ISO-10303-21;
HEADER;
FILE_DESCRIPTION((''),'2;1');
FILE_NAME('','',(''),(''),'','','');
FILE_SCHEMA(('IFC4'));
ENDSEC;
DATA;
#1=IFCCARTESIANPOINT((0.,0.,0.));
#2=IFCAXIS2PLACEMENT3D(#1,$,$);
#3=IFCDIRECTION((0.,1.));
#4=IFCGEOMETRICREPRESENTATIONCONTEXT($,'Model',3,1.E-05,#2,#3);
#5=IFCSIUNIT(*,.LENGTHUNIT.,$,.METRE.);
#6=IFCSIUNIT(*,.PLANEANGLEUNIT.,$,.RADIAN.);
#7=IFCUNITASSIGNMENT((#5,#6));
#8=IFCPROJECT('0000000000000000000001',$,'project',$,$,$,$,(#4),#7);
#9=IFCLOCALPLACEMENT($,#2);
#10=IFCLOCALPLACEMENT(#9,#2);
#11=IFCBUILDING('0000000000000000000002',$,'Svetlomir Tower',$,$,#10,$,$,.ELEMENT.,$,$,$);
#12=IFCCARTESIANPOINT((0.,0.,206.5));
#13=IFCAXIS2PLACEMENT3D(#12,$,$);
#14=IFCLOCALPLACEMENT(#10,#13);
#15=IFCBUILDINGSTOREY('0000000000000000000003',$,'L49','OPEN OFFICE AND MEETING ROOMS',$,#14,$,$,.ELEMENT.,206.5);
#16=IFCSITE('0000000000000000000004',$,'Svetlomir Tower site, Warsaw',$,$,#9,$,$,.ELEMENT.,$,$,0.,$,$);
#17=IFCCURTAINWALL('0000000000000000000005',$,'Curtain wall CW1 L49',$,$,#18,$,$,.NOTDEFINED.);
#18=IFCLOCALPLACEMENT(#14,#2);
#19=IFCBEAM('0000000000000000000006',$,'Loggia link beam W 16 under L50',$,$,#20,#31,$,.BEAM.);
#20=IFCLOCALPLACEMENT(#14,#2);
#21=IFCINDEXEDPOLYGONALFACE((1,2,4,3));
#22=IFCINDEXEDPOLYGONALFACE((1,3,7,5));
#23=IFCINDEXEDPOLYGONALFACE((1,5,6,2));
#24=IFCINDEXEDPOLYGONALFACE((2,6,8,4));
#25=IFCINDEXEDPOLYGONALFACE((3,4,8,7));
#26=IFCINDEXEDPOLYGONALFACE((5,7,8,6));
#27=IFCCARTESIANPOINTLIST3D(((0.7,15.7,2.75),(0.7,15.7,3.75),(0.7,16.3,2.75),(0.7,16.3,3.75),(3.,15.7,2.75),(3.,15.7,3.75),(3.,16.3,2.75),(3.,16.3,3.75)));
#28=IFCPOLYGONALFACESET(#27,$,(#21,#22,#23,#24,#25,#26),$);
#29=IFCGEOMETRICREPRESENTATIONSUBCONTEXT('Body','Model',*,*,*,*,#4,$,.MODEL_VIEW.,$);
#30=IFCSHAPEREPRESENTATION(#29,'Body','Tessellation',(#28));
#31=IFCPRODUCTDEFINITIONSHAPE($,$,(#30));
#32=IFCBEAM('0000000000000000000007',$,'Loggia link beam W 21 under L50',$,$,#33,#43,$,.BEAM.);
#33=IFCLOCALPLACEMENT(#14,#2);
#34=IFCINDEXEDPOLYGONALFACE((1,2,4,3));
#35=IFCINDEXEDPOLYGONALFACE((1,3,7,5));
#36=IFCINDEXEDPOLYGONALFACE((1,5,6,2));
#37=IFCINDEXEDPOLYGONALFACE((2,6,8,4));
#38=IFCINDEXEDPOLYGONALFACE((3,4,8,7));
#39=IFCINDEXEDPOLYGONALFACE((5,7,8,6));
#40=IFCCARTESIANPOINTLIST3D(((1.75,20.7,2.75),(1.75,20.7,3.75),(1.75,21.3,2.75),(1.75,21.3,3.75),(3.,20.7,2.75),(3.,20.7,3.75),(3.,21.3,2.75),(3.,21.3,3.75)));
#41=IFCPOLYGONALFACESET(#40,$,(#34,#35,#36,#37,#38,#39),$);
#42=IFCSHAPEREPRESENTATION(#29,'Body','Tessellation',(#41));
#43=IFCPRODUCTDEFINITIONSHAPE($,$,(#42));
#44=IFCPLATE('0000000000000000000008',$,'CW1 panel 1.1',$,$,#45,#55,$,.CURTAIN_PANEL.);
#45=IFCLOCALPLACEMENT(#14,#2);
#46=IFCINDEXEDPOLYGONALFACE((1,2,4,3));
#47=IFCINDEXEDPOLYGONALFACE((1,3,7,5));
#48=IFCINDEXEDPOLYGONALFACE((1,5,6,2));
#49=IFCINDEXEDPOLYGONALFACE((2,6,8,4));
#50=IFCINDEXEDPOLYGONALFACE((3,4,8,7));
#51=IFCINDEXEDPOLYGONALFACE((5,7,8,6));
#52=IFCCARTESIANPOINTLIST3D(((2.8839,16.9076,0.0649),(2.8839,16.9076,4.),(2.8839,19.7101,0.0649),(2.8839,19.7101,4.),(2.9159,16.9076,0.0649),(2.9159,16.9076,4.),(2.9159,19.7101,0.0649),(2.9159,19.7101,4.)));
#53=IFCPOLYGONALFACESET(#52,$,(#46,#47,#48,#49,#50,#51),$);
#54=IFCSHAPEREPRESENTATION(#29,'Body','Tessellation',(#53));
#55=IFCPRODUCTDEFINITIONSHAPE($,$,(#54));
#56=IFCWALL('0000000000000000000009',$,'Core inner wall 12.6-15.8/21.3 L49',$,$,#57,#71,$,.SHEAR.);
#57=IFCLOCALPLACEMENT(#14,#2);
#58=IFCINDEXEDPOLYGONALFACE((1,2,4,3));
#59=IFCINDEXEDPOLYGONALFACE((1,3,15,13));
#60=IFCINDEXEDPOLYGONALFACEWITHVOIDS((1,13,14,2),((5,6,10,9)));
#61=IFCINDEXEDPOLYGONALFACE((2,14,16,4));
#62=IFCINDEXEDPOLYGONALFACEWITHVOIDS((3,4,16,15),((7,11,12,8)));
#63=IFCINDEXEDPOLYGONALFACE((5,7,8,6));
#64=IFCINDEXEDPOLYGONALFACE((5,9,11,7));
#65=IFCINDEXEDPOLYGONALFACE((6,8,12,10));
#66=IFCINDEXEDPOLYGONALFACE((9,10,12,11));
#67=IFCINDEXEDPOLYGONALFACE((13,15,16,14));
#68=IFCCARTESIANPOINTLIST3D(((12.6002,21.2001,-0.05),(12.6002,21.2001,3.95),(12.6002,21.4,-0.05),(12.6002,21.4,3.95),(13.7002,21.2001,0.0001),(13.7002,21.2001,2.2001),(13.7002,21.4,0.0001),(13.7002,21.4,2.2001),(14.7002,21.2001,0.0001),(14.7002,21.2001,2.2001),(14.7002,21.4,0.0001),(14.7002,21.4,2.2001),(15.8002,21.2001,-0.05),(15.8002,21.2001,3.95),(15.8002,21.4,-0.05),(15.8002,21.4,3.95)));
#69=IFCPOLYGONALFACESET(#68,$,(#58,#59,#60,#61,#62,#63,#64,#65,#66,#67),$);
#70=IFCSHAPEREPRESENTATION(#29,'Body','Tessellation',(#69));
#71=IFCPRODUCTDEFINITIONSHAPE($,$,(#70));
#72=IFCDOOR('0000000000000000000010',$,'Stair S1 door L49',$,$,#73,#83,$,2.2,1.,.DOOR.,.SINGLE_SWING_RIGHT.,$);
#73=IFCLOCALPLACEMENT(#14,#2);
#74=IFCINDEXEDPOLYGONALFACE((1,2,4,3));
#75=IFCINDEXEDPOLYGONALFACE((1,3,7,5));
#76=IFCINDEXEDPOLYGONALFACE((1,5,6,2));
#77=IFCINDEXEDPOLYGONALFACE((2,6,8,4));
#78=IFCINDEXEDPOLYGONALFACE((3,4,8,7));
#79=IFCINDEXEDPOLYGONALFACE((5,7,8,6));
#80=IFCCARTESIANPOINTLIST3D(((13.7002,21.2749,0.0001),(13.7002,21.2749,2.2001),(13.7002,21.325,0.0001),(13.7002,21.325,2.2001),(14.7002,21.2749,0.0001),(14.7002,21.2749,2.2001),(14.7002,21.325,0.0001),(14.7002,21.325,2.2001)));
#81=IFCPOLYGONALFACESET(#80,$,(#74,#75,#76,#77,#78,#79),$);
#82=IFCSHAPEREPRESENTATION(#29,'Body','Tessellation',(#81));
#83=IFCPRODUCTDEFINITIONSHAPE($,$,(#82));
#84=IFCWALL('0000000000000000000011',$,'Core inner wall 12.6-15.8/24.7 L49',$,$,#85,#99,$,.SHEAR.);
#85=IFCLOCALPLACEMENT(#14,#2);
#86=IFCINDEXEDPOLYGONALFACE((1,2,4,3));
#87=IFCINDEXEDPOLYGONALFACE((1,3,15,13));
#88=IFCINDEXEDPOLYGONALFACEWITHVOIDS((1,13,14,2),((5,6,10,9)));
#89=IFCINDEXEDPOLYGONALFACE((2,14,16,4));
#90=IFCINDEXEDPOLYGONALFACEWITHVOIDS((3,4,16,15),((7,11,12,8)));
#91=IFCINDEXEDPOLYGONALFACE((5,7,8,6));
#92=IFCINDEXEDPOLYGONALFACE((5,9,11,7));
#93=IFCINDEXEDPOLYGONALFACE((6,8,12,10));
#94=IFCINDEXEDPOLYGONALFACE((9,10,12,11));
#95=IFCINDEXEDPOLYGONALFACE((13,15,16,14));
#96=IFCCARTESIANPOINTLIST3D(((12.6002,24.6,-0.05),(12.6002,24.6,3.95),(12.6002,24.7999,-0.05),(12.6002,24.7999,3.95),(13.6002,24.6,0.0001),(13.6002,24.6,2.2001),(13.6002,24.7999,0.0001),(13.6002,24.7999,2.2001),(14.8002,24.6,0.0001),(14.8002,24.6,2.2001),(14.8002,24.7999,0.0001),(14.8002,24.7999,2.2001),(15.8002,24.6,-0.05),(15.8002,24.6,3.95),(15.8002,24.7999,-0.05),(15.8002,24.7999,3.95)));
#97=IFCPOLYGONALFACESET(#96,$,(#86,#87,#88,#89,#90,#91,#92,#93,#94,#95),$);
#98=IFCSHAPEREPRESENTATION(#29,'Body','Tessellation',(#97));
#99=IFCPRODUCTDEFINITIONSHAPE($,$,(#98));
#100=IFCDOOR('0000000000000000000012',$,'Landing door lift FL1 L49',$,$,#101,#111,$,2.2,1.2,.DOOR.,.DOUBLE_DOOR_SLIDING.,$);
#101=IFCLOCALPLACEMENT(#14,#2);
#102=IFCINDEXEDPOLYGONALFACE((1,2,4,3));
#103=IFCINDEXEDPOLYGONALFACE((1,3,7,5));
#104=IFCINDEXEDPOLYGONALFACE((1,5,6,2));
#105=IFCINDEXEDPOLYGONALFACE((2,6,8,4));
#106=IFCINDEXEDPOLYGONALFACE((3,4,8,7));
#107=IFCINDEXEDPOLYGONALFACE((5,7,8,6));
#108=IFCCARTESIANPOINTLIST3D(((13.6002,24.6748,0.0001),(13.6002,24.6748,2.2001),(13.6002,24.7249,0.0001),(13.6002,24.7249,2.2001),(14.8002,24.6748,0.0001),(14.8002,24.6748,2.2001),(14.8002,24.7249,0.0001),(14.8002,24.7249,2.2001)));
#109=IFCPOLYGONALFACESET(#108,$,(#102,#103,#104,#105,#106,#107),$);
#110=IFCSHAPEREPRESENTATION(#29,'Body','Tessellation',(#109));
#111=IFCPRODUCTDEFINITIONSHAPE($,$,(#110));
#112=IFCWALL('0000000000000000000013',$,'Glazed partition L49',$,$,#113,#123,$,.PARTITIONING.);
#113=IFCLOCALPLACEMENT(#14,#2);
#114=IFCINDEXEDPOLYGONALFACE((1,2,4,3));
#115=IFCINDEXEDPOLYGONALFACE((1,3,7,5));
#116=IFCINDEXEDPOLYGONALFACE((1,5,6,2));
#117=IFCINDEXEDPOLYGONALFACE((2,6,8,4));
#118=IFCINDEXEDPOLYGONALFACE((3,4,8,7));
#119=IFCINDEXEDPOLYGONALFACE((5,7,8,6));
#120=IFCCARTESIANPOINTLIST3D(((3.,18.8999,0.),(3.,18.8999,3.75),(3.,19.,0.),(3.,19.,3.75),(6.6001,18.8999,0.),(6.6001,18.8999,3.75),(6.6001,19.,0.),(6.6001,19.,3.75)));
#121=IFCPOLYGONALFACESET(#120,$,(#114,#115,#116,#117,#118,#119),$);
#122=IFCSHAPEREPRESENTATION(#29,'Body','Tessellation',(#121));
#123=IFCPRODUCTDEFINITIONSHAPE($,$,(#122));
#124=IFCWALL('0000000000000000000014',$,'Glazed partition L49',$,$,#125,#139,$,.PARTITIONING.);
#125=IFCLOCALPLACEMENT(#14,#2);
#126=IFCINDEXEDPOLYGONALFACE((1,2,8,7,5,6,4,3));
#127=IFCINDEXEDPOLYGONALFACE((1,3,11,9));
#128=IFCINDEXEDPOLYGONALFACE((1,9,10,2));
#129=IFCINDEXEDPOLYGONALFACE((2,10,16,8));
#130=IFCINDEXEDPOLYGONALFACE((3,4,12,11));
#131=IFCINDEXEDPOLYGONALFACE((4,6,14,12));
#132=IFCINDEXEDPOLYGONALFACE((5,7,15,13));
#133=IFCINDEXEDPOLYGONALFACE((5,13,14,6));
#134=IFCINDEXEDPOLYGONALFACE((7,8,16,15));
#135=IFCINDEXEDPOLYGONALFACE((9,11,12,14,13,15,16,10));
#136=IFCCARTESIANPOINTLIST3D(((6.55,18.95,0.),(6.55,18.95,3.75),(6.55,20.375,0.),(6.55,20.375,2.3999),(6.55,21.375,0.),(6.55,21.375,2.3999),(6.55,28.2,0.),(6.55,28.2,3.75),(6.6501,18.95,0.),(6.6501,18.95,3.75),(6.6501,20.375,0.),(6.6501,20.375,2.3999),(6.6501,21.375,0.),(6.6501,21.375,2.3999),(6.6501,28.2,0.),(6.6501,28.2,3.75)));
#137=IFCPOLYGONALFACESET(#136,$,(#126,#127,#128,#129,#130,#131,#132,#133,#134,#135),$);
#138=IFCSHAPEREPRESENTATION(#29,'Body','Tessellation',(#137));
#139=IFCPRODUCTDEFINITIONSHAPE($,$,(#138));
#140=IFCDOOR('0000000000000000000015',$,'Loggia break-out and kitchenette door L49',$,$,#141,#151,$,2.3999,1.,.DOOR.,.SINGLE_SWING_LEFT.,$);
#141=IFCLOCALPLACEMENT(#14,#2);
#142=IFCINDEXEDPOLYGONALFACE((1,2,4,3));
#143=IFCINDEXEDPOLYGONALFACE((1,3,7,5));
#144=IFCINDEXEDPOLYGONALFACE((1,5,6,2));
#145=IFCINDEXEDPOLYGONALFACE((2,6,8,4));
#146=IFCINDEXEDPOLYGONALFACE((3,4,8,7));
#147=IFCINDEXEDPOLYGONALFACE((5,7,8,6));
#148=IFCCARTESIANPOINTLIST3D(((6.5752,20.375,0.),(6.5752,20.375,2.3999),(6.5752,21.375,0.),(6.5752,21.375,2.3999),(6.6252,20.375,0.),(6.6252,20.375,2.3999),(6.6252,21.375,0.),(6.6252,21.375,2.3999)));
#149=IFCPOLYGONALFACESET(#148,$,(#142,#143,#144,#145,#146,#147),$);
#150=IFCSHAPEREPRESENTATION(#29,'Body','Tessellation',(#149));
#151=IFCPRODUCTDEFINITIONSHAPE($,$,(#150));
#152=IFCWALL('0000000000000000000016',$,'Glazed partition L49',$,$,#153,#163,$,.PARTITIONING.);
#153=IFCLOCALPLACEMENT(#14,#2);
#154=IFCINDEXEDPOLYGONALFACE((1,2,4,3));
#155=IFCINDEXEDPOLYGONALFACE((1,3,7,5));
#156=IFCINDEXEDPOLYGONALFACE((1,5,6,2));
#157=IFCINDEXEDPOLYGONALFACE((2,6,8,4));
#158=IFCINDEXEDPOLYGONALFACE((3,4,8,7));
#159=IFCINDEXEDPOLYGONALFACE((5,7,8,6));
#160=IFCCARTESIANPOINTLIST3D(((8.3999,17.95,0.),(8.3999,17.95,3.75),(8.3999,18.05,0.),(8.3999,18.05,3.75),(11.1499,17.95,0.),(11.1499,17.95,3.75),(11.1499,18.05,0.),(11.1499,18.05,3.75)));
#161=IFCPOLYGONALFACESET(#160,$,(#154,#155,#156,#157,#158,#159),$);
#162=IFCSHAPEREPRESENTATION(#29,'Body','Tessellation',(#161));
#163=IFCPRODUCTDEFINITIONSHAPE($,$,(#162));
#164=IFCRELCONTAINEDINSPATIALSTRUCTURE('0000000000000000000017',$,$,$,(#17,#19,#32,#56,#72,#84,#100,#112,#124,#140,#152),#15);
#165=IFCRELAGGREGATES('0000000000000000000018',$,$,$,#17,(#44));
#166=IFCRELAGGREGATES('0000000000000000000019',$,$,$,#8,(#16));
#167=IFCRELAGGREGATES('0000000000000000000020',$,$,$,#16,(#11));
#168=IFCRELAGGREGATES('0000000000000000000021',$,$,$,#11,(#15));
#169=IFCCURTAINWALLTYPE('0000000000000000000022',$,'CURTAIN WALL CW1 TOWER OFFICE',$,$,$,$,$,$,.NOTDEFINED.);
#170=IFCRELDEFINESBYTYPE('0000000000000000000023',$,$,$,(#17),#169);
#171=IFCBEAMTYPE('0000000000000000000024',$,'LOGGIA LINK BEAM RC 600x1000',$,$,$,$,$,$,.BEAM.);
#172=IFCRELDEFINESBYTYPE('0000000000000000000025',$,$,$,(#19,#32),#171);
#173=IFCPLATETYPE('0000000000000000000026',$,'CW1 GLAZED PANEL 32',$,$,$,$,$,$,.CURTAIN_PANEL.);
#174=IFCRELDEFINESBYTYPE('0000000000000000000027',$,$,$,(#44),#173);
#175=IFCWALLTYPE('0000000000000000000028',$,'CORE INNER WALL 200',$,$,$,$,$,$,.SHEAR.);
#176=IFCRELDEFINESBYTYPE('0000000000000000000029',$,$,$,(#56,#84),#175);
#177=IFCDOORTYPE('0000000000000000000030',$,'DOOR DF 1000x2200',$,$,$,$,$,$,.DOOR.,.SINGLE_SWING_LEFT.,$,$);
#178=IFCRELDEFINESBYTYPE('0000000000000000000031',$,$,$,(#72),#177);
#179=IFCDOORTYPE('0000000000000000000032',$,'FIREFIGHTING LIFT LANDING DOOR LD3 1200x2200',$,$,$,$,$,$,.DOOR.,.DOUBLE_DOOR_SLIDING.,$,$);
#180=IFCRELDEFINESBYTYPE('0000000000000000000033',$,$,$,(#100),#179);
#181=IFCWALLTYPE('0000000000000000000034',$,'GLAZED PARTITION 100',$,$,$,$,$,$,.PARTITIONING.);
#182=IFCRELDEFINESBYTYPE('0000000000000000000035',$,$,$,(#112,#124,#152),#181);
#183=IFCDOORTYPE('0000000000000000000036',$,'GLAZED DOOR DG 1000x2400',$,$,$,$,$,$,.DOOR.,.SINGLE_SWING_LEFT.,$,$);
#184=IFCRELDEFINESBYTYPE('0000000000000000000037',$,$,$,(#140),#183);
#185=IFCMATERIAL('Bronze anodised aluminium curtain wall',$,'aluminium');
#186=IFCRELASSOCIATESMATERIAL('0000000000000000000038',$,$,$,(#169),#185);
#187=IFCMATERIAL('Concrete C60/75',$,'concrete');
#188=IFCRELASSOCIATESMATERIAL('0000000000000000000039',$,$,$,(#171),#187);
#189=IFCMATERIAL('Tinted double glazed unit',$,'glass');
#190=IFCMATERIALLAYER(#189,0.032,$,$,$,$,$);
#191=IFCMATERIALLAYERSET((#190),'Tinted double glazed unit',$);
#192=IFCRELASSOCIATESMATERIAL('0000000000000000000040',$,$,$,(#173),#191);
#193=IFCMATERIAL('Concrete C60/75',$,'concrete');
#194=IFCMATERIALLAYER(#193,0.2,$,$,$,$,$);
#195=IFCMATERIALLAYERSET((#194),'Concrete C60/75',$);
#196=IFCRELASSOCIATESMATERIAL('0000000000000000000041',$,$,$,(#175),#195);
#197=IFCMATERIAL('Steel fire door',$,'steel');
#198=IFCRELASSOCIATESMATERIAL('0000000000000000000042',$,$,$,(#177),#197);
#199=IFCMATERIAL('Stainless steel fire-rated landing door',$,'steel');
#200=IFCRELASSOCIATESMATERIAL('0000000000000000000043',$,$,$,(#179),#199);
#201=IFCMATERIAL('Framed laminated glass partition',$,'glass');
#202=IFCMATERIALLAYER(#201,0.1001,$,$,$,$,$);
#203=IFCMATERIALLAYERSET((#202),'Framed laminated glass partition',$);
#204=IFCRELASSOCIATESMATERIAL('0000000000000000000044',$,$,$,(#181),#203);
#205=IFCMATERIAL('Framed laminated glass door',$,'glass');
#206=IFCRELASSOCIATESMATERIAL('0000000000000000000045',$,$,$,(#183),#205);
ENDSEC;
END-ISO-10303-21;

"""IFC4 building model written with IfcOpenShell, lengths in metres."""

from ifc_helpers import new_model, si_unit, direction, frame, frame_2d, origin, origin_2d, place, context, subcontext, project, spatial, rectangle, extrude, material, layer, layer_set, material_profile, profile_set, type_object, element, fill, aggregate, save


model = new_model("IFC4")

# Units and contexts
model_context = context("Model", 3, precision=1e-05, world=origin(), true_north=direction((0.0, 1.0)))
body_context = subcontext(model_context, "Body", "Model", "MODEL_VIEW")
ifc_project = project(units=[si_unit("LENGTHUNIT", "METRE"), si_unit("PLANEANGLEUNIT", "RADIAN")], contexts=[model_context])

# Site, building, storey
site_placement = place(None, origin())
site = spatial("IfcSite", under=ifc_project, at=site_placement, Name="Svetlomir Tower site, Warsaw", CompositionType="ELEMENT", RefElevation=0.0)
building_placement = place(site_placement, origin())
building = spatial("IfcBuilding", under=site, at=building_placement, Name="Svetlomir Tower", CompositionType="ELEMENT")
storey_placement = place(building_placement, frame((0.0, 0.0, 206.5)))
storey = spatial("IfcBuildingStorey", under=building, at=storey_placement, Name="L49", Description="OPEN OFFICE AND MEETING ROOMS", CompositionType="ELEMENT", Elevation=206.5)

# Curtain wall
ifc_material_1 = material(Name="Bronze anodised aluminium curtain wall", Category="aluminium")
curtain_wall_type = type_object("IfcCurtainWallType", Name="CURTAIN WALL CW1 TOWER OFFICE", PredefinedType="NOTDEFINED", material=ifc_material_1)
curtain_wall_1_placement = place(storey_placement, origin())
curtain_wall_1 = element("IfcCurtainWall", 1, at=curtain_wall_1_placement, inside=storey, type_object=curtain_wall_type, Name="Curtain wall CW1 L49", PredefinedType="NOTDEFINED")

# Beams
ifc_material_2 = material(Name="Concrete C60/75", Category="concrete")
ifc_material_profile_1 = material_profile(ifc_material_2, rectangle(XDim=0.6001, YDim=1.0, at=origin_2d()), Name="RC 600x1000")
ifc_profile_set_1 = profile_set([ifc_material_profile_1], Name="Concrete C60/75")
beam_type_1 = type_object("IfcBeamType", Name="LOGGIA LINK BEAM RC 600x1000", PredefinedType="BEAM", material=ifc_profile_set_1)
beam_1_placement = place(storey_placement, frame((0.7, 16.0, 3.25), z_axis=(1.0, 0.0, 0.0), x_axis=(0.0, 1.0, 0.0)))
element("IfcBeam", 2, at=beam_1_placement, inside=storey, type_object=beam_type_1, Name="Loggia link beam W 16 under L50", PredefinedType="BEAM", context=body_context, shape_type="SweptSolid", body=[
    extrude(rectangle(XDim=0.6001, YDim=1.0, at=origin_2d()), origin(), (0.0, 0.0, 1.0), 2.3),
])
beam_2_placement = place(storey_placement, frame((1.75, 21.0, 3.25), z_axis=(1.0, 0.0, 0.0), x_axis=(0.0, 1.0, 0.0)))
element("IfcBeam", 3, at=beam_2_placement, inside=storey, type_object=beam_type_1, Name="Loggia link beam W 21 under L50", PredefinedType="BEAM", context=body_context, shape_type="SweptSolid", body=[
    extrude(rectangle(XDim=0.6001, YDim=1.0, at=origin_2d()), origin(), (0.0, 0.0, 1.0), 1.25),
])

# Plate
ifc_material_3 = material(Name="Tinted double glazed unit", Category="glass")
ifc_layer_1 = layer(ifc_material_3, 0.032)
ifc_layer_set_1 = layer_set([ifc_layer_1], Name="Tinted double glazed unit")
plate_type = type_object("IfcPlateType", Name="CW1 GLAZED PANEL 32", PredefinedType="CURTAIN_PANEL", material=ifc_layer_set_1)
plate_placement = place(storey_placement, frame((2.8999, 18.3088, 0.0649), z_axis=(0.0, 0.0, 1.0), x_axis=(0.0, -1.0, 0.0)))
plate = element("IfcPlate", 4, at=plate_placement, type_object=plate_type, Name="CW1 panel 1.1", PredefinedType="CURTAIN_PANEL", context=body_context, shape_type="SweptSolid", body=[
    extrude(rectangle(XDim=2.8025, YDim=0.032, at=origin_2d()), origin(), (0.0, 0.0, 1.0), 3.9351),
])
aggregate(curtain_wall_1, [plate])

# Walls, openings, doors
ifc_material_4 = material(Name="Concrete C60/75", Category="concrete")
ifc_layer_2 = layer(ifc_material_4, 0.2)
ifc_layer_set_2 = layer_set([ifc_layer_2], Name="Concrete C60/75")
wall_type_1 = type_object("IfcWallType", Name="CORE INNER WALL 200", PredefinedType="SHEAR", material=ifc_layer_set_2)
wall_1_placement = place(storey_placement, frame((12.6001, 21.3, -0.05), z_axis=(0.0, 0.0, 1.0), x_axis=(1.0, 0.0, 0.0)))
wall_1 = element("IfcWall", 5, at=wall_1_placement, inside=storey, type_object=wall_type_1, Name="Core inner wall 12.6-15.8/21.3 L49", PredefinedType="SHEAR", context=body_context, shape_type="SweptSolid", body=[
    extrude(rectangle(XDim=3.2, YDim=0.2, at=frame_2d((1.6001, 0.0))), origin(), (0.0, 0.0, 1.0), 4.0),
])
opening_1_placement = place(wall_1_placement, frame((1.1001, 0.0, 0.05)))
opening_1 = element("IfcOpeningElement", 6, at=opening_1_placement, cuts=wall_1, PredefinedType="OPENING", context=body_context, shape_type="SweptSolid", body=[
    extrude(rectangle(XDim=1.0, YDim=2.2, at=frame_2d((0.5, 1.1001))), frame((0.0, 0.1099, 0.0), z_axis=(0.0, -1.0, 0.0), x_axis=(1.0, 0.0, 0.0)), (0.0, 0.0, 1.0), 0.22),
])
ifc_material_5 = material(Name="Steel fire door", Category="steel")
door_type_1 = type_object("IfcDoorType", Name="DOOR DF 1000x2200", OperationType="SINGLE_SWING_LEFT", PredefinedType="DOOR", material=ifc_material_5)
door_1_placement = place(opening_1_placement, origin())
door_1 = element("IfcDoor", 7, at=door_1_placement, inside=storey, type_object=door_type_1, Name="Stair S1 door L49", OperationType="SINGLE_SWING_RIGHT", OverallHeight=2.2, OverallWidth=1.0, PredefinedType="DOOR", context=body_context, shape_type="SweptSolid", body=[
    extrude(rectangle(XDim=1.0, YDim=2.2, at=frame_2d((0.5, 1.1001))), frame((0.0, 0.0249, 0.0), z_axis=(0.0, -1.0, 0.0), x_axis=(1.0, 0.0, 0.0)), (0.0, 0.0, 1.0), 0.05),
])
fill(opening_1, door_1)
wall_2_placement = place(storey_placement, frame((12.6001, 24.7, -0.05), z_axis=(0.0, 0.0, 1.0), x_axis=(1.0, 0.0, 0.0)))
wall_2 = element("IfcWall", 8, at=wall_2_placement, inside=storey, type_object=wall_type_1, Name="Core inner wall 12.6-15.8/24.7 L49", PredefinedType="SHEAR", context=body_context, shape_type="SweptSolid", body=[
    extrude(rectangle(XDim=3.2, YDim=0.2, at=frame_2d((1.6001, 0.0))), origin(), (0.0, 0.0, 1.0), 4.0),
])
opening_2_placement = place(wall_2_placement, frame((1.0, 0.0, 0.05)))
opening_2 = element("IfcOpeningElement", 9, at=opening_2_placement, cuts=wall_2, PredefinedType="OPENING", context=body_context, shape_type="SweptSolid", body=[
    extrude(rectangle(XDim=1.2, YDim=2.2, at=frame_2d((0.6001, 1.1001))), frame((0.0, 0.1099, 0.0), z_axis=(0.0, -1.0, 0.0), x_axis=(1.0, 0.0, 0.0)), (0.0, 0.0, 1.0), 0.22),
])
ifc_material_6 = material(Name="Stainless steel fire-rated landing door", Category="steel")
door_type_2 = type_object("IfcDoorType", Name="FIREFIGHTING LIFT LANDING DOOR LD3 1200x2200", OperationType="DOUBLE_DOOR_SLIDING", PredefinedType="DOOR", material=ifc_material_6)
door_2_placement = place(opening_2_placement, origin())
door_2 = element("IfcDoor", 10, at=door_2_placement, inside=storey, type_object=door_type_2, Name="Landing door lift FL1 L49", OperationType="DOUBLE_DOOR_SLIDING", OverallHeight=2.2, OverallWidth=1.2, PredefinedType="DOOR", context=body_context, shape_type="SweptSolid", body=[
    extrude(rectangle(XDim=1.2, YDim=2.2, at=frame_2d((0.6001, 1.1001))), frame((0.0, 0.0249, 0.0), z_axis=(0.0, -1.0, 0.0), x_axis=(1.0, 0.0, 0.0)), (0.0, 0.0, 1.0), 0.05),
])
fill(opening_2, door_2)

# Wall
ifc_material_7 = material(Name="Framed laminated glass partition", Category="glass")
ifc_layer_3 = layer(ifc_material_7, 0.1001)
ifc_layer_set_3 = layer_set([ifc_layer_3], Name="Framed laminated glass partition")
wall_type_2 = type_object("IfcWallType", Name="GLAZED PARTITION 100", PredefinedType="PARTITIONING", material=ifc_layer_set_3)
wall_3_placement = place(storey_placement, frame((3.0, 18.95, 0.0), z_axis=(0.0, 0.0, 1.0), x_axis=(1.0, 0.0, 0.0)))
element("IfcWall", 11, at=wall_3_placement, inside=storey, type_object=wall_type_2, Name="Glazed partition L49", PredefinedType="PARTITIONING", context=body_context, shape_type="SweptSolid", body=[
    extrude(rectangle(XDim=3.6001, YDim=0.1001, at=frame_2d((1.8, 0.0))), origin(), (0.0, 0.0, 1.0), 3.75),
])

# Wall, opening, door
wall_4_placement = place(storey_placement, frame((6.6001, 18.95, 0.0), z_axis=(0.0, 0.0, 1.0), x_axis=(0.0, 1.0, 0.0)))
wall_4 = element("IfcWall", 12, at=wall_4_placement, inside=storey, type_object=wall_type_2, Name="Glazed partition L49", PredefinedType="PARTITIONING", context=body_context, shape_type="SweptSolid", body=[
    extrude(rectangle(XDim=9.25, YDim=0.1001, at=frame_2d((4.625, 0.0))), origin(), (0.0, 0.0, 1.0), 3.75),
])
opening_3_placement = place(wall_4_placement, frame((1.425, 0.0, 0.0)))
opening_3 = element("IfcOpeningElement", 13, at=opening_3_placement, cuts=wall_4, PredefinedType="OPENING", context=body_context, shape_type="SweptSolid", body=[
    extrude(rectangle(XDim=1.0, YDim=2.3999, at=frame_2d((0.5, 1.2))), frame((0.0, 0.0601, 0.0), z_axis=(0.0, -1.0, 0.0), x_axis=(1.0, 0.0, 0.0)), (0.0, 0.0, 1.0), 0.1201),
])
ifc_material_8 = material(Name="Framed laminated glass door", Category="glass")
door_type_3 = type_object("IfcDoorType", Name="GLAZED DOOR DG 1000x2400", OperationType="SINGLE_SWING_LEFT", PredefinedType="DOOR", material=ifc_material_8)
door_3_placement = place(opening_3_placement, origin())
door_3 = element("IfcDoor", 14, at=door_3_placement, inside=storey, type_object=door_type_3, Name="Loggia break-out and kitchenette door L49", OperationType="SINGLE_SWING_LEFT", OverallHeight=2.3999, OverallWidth=1.0, PredefinedType="DOOR", context=body_context, shape_type="SweptSolid", body=[
    extrude(rectangle(XDim=1.0, YDim=2.3999, at=frame_2d((0.5, 1.2))), frame((0.0, 0.0249, 0.0), z_axis=(0.0, -1.0, 0.0), x_axis=(1.0, 0.0, 0.0)), (0.0, 0.0, 1.0), 0.05),
])
fill(opening_3, door_3)

# Wall
wall_5_placement = place(storey_placement, frame((8.3999, 18.0, 0.0), z_axis=(0.0, 0.0, 1.0), x_axis=(1.0, 0.0, 0.0)))
element("IfcWall", 15, at=wall_5_placement, inside=storey, type_object=wall_type_2, Name="Glazed partition L49", PredefinedType="PARTITIONING", context=body_context, shape_type="SweptSolid", body=[
    extrude(rectangle(XDim=2.75, YDim=0.1001, at=frame_2d((1.375, 0.0))), origin(), (0.0, 0.0, 1.0), 3.75),
])

save(model, "model.ifc")
